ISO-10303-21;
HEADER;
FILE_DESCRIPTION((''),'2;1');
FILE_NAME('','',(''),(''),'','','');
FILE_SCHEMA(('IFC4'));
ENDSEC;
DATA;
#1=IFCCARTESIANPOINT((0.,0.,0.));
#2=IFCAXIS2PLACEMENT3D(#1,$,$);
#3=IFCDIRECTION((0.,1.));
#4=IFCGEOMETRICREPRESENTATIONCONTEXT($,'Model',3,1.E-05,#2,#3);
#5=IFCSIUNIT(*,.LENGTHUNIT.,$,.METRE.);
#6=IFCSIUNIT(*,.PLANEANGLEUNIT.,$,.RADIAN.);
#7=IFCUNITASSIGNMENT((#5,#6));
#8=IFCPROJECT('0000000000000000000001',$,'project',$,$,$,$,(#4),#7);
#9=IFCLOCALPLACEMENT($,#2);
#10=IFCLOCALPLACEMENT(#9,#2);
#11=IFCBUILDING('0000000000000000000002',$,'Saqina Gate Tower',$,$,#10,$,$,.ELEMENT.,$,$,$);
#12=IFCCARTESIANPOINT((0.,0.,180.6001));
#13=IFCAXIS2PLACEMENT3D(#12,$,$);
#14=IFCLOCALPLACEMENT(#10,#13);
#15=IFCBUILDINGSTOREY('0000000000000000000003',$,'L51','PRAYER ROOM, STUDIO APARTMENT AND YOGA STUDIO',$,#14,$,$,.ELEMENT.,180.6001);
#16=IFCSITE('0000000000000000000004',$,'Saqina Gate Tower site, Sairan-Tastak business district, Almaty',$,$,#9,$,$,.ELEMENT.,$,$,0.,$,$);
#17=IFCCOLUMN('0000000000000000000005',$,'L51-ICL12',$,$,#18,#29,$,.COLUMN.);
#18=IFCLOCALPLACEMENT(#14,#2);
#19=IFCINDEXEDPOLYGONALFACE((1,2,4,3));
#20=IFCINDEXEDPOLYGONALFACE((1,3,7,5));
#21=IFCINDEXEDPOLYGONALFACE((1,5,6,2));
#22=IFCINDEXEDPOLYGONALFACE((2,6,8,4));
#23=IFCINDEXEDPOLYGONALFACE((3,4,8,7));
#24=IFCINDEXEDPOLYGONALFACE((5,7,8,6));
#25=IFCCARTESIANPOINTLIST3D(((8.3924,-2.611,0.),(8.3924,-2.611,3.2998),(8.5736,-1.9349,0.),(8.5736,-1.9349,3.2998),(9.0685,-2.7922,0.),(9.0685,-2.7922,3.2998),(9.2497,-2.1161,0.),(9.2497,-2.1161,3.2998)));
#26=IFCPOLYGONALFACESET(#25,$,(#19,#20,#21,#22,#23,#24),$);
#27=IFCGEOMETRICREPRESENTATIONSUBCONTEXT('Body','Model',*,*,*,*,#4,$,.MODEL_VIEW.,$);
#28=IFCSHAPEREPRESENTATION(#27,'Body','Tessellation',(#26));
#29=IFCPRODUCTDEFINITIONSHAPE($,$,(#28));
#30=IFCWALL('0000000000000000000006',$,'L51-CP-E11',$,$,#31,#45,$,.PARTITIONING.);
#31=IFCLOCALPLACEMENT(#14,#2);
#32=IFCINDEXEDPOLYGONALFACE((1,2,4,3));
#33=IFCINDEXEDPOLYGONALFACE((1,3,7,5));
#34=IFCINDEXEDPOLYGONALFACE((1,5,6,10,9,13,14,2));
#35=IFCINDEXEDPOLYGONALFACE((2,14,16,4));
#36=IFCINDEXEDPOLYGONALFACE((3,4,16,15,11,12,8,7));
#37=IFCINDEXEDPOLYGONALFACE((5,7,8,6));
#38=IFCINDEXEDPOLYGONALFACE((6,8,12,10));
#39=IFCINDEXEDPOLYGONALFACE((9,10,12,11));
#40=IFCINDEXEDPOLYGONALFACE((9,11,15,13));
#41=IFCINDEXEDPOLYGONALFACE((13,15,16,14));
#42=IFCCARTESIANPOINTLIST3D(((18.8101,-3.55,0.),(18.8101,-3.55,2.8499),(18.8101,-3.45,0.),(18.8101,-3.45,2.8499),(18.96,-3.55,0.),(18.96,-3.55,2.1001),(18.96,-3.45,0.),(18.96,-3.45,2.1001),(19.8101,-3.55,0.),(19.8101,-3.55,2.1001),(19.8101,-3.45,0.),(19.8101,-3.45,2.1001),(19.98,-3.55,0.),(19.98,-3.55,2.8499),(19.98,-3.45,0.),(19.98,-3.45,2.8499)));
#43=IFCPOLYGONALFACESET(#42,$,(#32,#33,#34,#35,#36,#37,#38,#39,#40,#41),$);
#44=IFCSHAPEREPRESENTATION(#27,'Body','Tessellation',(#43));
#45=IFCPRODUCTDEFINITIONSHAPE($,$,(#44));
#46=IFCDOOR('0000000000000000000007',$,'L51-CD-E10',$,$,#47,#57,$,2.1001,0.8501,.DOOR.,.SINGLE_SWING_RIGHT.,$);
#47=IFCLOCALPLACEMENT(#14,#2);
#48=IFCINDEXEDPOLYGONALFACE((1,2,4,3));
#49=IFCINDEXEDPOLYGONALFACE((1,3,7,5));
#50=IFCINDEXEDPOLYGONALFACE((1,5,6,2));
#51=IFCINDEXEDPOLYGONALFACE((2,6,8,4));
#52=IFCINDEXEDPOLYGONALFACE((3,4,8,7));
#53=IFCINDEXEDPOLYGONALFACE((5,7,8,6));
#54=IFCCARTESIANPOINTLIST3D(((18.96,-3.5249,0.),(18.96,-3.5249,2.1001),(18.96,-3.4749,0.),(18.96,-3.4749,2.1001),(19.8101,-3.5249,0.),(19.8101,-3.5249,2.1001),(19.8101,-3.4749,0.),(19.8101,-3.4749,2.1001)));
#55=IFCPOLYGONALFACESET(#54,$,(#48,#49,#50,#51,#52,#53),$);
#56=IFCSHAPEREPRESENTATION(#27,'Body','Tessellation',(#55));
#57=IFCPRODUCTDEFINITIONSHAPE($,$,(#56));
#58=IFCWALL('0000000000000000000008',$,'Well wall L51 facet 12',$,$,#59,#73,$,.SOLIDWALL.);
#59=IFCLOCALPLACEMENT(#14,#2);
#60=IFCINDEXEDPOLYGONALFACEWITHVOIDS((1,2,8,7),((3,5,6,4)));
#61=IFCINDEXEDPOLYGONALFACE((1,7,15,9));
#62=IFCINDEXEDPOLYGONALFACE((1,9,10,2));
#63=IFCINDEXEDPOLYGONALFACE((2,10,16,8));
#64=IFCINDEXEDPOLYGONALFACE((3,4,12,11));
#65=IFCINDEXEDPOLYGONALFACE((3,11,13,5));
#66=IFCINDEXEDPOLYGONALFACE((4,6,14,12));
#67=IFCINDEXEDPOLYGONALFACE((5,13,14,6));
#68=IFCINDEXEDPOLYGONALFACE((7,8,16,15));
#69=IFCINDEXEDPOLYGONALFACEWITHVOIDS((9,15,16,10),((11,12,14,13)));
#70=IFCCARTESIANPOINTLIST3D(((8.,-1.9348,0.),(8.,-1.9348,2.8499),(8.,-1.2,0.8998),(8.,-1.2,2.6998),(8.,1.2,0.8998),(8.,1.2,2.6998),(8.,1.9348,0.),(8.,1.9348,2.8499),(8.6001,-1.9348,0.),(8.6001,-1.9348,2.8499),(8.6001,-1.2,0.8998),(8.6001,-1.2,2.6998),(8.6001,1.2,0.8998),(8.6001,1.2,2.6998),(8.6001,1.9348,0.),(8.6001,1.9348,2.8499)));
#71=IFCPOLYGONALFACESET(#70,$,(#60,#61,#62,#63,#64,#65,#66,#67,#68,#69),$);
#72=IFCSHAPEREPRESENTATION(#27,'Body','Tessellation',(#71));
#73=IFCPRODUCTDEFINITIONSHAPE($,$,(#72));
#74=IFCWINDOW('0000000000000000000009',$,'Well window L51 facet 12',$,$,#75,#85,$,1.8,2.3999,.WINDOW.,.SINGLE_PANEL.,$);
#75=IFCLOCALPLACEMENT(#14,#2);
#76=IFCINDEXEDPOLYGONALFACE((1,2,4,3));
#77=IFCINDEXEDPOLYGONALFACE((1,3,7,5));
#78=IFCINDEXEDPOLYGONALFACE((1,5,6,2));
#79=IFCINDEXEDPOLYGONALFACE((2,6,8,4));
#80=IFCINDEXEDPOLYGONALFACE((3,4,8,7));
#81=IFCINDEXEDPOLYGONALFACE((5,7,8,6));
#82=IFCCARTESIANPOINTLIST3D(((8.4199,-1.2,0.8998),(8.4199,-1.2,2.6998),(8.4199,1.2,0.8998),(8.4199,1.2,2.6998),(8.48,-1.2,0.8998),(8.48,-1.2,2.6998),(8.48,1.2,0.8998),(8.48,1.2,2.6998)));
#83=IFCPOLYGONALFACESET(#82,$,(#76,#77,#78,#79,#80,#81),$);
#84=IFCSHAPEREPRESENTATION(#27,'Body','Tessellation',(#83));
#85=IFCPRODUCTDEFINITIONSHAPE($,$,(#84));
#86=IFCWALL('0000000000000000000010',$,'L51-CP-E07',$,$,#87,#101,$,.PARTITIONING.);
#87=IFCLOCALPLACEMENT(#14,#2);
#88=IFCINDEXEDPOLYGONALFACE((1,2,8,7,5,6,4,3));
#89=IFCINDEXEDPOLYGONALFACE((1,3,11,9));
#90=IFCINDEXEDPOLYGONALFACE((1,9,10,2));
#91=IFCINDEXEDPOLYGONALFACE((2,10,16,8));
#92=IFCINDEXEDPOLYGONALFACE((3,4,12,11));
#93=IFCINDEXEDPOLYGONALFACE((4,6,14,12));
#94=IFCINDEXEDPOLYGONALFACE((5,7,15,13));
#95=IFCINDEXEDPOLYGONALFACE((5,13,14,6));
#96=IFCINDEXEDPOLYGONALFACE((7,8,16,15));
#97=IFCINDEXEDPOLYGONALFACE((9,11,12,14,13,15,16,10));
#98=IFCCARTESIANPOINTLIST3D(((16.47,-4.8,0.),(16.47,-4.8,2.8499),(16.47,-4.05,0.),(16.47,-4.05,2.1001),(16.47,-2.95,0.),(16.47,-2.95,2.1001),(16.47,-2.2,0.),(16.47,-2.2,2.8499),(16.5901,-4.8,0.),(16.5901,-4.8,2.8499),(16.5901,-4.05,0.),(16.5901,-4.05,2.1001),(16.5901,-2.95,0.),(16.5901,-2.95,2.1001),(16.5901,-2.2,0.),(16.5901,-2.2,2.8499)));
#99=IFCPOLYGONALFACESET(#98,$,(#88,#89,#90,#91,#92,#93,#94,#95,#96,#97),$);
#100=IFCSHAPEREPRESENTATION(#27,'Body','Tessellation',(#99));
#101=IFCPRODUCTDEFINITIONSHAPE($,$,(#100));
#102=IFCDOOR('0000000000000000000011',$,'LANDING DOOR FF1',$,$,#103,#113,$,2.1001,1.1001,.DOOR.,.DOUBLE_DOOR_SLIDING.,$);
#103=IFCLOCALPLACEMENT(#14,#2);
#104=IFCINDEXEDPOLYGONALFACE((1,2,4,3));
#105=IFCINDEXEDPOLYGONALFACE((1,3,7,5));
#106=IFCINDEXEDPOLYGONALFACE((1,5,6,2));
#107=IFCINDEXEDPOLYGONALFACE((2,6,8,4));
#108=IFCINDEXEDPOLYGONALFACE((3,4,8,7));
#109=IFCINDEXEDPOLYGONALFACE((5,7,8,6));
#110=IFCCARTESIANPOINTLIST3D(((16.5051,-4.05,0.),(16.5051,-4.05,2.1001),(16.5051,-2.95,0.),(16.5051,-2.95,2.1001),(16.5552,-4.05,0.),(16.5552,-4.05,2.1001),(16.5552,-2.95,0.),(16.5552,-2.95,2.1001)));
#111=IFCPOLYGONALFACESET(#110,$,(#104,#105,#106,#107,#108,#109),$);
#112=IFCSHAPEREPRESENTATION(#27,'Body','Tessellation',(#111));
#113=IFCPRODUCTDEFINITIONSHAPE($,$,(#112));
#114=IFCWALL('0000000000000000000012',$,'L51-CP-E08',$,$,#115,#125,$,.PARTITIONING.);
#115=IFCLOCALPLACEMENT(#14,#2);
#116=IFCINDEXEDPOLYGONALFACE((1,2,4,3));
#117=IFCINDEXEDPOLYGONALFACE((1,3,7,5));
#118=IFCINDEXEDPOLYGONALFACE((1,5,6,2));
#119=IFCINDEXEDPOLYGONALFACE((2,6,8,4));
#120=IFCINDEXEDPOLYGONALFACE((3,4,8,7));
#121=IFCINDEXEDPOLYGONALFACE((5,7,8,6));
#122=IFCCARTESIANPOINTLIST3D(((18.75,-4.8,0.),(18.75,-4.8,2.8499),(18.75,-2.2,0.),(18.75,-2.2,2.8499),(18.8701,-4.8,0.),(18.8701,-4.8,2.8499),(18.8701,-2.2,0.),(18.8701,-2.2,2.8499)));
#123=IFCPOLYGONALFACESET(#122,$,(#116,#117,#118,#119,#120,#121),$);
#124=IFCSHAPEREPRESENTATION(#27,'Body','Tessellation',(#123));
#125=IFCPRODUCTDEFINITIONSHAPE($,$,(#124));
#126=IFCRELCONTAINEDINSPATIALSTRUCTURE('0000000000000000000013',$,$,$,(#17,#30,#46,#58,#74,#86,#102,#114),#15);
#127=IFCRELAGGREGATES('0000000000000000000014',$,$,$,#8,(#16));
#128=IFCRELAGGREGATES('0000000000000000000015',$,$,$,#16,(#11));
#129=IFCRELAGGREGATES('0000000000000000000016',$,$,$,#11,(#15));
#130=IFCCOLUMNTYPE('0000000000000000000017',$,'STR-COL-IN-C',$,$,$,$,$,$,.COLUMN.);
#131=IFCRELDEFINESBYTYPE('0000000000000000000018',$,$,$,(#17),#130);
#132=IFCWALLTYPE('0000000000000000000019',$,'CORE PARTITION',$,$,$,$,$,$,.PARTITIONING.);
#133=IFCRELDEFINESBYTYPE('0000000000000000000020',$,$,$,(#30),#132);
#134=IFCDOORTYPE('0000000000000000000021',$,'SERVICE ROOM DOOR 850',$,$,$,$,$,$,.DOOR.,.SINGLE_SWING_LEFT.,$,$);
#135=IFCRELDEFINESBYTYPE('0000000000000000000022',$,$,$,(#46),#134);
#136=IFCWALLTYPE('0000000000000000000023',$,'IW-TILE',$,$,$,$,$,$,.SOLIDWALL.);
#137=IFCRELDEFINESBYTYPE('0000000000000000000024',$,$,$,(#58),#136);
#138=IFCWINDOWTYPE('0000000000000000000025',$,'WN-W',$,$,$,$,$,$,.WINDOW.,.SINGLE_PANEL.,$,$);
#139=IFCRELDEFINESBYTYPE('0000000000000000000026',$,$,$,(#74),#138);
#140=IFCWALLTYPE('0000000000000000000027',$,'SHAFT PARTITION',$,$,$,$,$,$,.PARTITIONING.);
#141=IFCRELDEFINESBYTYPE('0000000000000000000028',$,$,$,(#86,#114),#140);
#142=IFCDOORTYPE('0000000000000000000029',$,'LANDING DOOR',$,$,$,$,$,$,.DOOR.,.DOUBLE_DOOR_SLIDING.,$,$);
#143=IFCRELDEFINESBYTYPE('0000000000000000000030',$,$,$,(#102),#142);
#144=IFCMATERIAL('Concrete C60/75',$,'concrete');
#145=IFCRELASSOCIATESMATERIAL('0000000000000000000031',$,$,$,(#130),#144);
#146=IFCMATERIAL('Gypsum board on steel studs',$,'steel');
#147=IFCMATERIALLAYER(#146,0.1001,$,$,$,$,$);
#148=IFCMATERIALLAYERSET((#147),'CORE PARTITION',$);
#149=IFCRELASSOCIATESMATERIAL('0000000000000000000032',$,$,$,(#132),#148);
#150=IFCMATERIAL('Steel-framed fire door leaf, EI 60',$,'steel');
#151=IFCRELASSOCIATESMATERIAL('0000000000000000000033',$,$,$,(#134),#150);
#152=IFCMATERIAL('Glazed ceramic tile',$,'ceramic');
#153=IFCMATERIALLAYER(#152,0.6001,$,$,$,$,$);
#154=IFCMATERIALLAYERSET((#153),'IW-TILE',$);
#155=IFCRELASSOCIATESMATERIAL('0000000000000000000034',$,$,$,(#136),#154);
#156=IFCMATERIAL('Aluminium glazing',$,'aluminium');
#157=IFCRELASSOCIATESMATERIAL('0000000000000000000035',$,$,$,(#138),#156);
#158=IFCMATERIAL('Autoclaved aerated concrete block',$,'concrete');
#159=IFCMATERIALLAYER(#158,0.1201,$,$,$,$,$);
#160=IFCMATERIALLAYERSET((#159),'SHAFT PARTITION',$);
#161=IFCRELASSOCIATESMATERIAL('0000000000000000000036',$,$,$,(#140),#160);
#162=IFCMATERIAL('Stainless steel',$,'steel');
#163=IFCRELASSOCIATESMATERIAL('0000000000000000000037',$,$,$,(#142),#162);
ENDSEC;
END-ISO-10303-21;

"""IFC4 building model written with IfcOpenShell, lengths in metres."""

from ifc_helpers import new_model, si_unit, direction, frame, frame_2d, origin, origin_2d, place, context, subcontext, project, spatial, rectangle, extrude, material, layer, layer_set, material_profile, profile_set, type_object, element, fill, save


model = new_model("IFC4")

# Units and contexts
model_context = context("Model", 3, precision=1e-05, world=origin(), true_north=direction((0.0, 1.0)))
body_context = subcontext(model_context, "Body", "Model", "MODEL_VIEW")
ifc_project = project(units=[si_unit("LENGTHUNIT", "METRE"), si_unit("PLANEANGLEUNIT", "RADIAN")], contexts=[model_context])

# Site, building, storey
site_placement = place(None, origin())
site = spatial("IfcSite", under=ifc_project, at=site_placement, Name="Saqina Gate Tower site, Sairan-Tastak business district, Almaty", CompositionType="ELEMENT", RefElevation=0.0)
building_placement = place(site_placement, origin())
building = spatial("IfcBuilding", under=site, at=building_placement, Name="Saqina Gate Tower", CompositionType="ELEMENT")
storey_placement = place(building_placement, frame((0.0, 0.0, 180.6001)))
storey = spatial("IfcBuildingStorey", under=building, at=storey_placement, Name="L51", Description="PRAYER ROOM, STUDIO APARTMENT AND YOGA STUDIO", CompositionType="ELEMENT", Elevation=180.6001)

# Column
ifc_material_1 = material(Name="Concrete C60/75", Category="concrete")
ifc_material_profile = material_profile(ifc_material_1, rectangle(XDim=0.7, YDim=0.7, at=origin_2d()), Name="RC 700x700")
ifc_profile_set = profile_set([ifc_material_profile], Name="Concrete C60/75")
column_type = type_object("IfcColumnType", Name="STR-COL-IN-C", PredefinedType="COLUMN", material=ifc_profile_set)
column_placement = place(storey_placement, frame((8.821, -2.3635, 0.0), z_axis=(0.0, 0.0, 1.0), x_axis=(0.965926, -0.258819, 0.0)))
element("IfcColumn", 1, at=column_placement, inside=storey, type_object=column_type, Name="L51-ICL12", PredefinedType="COLUMN", context=body_context, shape_type="SweptSolid", body=[
    extrude(rectangle(XDim=0.7, YDim=0.7, at=origin_2d()), origin(), (0.0, 0.0, 1.0), 3.2998),
])

# Wall, opening, door
ifc_material_2 = material(Name="Gypsum board on steel studs", Category="steel")
ifc_layer_1 = layer(ifc_material_2, 0.1001)
ifc_layer_set_1 = layer_set([ifc_layer_1], Name="CORE PARTITION")
wall_type_1 = type_object("IfcWallType", Name="CORE PARTITION", PredefinedType="PARTITIONING", material=ifc_layer_set_1)
wall_1_placement = place(storey_placement, frame((18.8101, -3.5, 0.0), z_axis=(0.0, 0.0, 1.0), x_axis=(1.0, 0.0, 0.0)))
wall_1 = element("IfcWall", 2, at=wall_1_placement, inside=storey, type_object=wall_type_1, Name="L51-CP-E11", PredefinedType="PARTITIONING", context=body_context, shape_type="SweptSolid", body=[
    extrude(rectangle(XDim=1.1699, YDim=0.1001, at=frame_2d((0.585, 0.0))), origin(), (0.0, 0.0, 1.0), 2.8499),
])
opening_1_placement = place(wall_1_placement, frame((0.1499, 0.0, 0.0)))
opening_1 = element("IfcOpeningElement", 3, at=opening_1_placement, cuts=wall_1, PredefinedType="OPENING", context=body_context, shape_type="SweptSolid", body=[
    extrude(rectangle(XDim=0.8501, YDim=2.1001, at=frame_2d((0.425, 1.05))), frame((0.0, 0.062, 0.0), z_axis=(0.0, -1.0, 0.0), x_axis=(1.0, 0.0, 0.0)), (0.0, 0.0, 1.0), 0.124),
])
ifc_material_3 = material(Name="Steel-framed fire door leaf, EI 60", Category="steel")
door_type_1 = type_object("IfcDoorType", Name="SERVICE ROOM DOOR 850", OperationType="SINGLE_SWING_LEFT", PredefinedType="DOOR", material=ifc_material_3)
door_1_placement = place(opening_1_placement, frame((0.8501, 0.0, 0.0), z_axis=(0.0, 0.0, 1.0), x_axis=(-1.0, 0.0, 0.0)))
door_1 = element("IfcDoor", 4, at=door_1_placement, inside=storey, type_object=door_type_1, Name="L51-CD-E10", OperationType="SINGLE_SWING_RIGHT", OverallHeight=2.1001, OverallWidth=0.8501, PredefinedType="DOOR", context=body_context, shape_type="SweptSolid", body=[
    extrude(rectangle(XDim=0.8501, YDim=2.1001, at=frame_2d((0.425, 1.05))), frame((0.0, 0.0249, 0.0), z_axis=(0.0, -1.0, 0.0), x_axis=(1.0, 0.0, 0.0)), (0.0, 0.0, 1.0), 0.05),
])
fill(opening_1, door_1)

# Wall, opening, window
ifc_material_4 = material(Name="Glazed ceramic tile", Category="ceramic")
ifc_layer_2 = layer(ifc_material_4, 0.6001)
ifc_layer_set_2 = layer_set([ifc_layer_2], Name="IW-TILE")
wall_type_2 = type_object("IfcWallType", Name="IW-TILE", PredefinedType="SOLIDWALL", material=ifc_layer_set_2)
wall_2_placement = place(storey_placement, frame((8.3, -1.9348, 0.0), z_axis=(0.0, 0.0, 1.0), x_axis=(0.0, 1.0, 0.0)))
wall_2 = element("IfcWall", 5, at=wall_2_placement, inside=storey, type_object=wall_type_2, Name="Well wall L51 facet 12", PredefinedType="SOLIDWALL", context=body_context, shape_type="SweptSolid", body=[
    extrude(rectangle(XDim=3.8696, YDim=0.6001, at=frame_2d((1.9348, 0.0))), origin(), (0.0, 0.0, 1.0), 2.8499),
])
opening_2_placement = place(wall_2_placement, frame((0.7349, 0.0, 0.8999)))
opening_2 = element("IfcOpeningElement", 6, at=opening_2_placement, cuts=wall_2, PredefinedType="OPENING", context=body_context, shape_type="SweptSolid", body=[
    extrude(rectangle(XDim=2.3999, YDim=1.8, at=frame_2d((1.2, 0.8999))), frame((0.0, 0.312, 0.0), z_axis=(0.0, -1.0, 0.0), x_axis=(1.0, 0.0, 0.0)), (0.0, 0.0, 1.0), 0.624),
])
ifc_material_5 = material(Name="Aluminium glazing", Category="aluminium")
window_type = type_object("IfcWindowType", Name="WN-W", PartitioningType="SINGLE_PANEL", PredefinedType="WINDOW", material=ifc_material_5)
window_placement = place(opening_2_placement, origin())
window = element("IfcWindow", 7, at=window_placement, inside=storey, type_object=window_type, Name="Well window L51 facet 12", OverallHeight=1.8, OverallWidth=2.3999, PartitioningType="SINGLE_PANEL", PredefinedType="WINDOW", context=body_context, shape_type="SweptSolid", body=[
    extrude(rectangle(XDim=2.3999, YDim=1.8, at=frame_2d((1.2, 0.8999))), frame((0.0, -0.1199, 0.0), z_axis=(0.0, -1.0, 0.0), x_axis=(1.0, 0.0, 0.0)), (0.0, 0.0, 1.0), 0.0601),
])
fill(opening_2, window)

# Wall, opening, door
ifc_material_6 = material(Name="Autoclaved aerated concrete block", Category="concrete")
ifc_layer_3 = layer(ifc_material_6, 0.1201)
ifc_layer_set_3 = layer_set([ifc_layer_3], Name="SHAFT PARTITION")
wall_type_3 = type_object("IfcWallType", Name="SHAFT PARTITION", PredefinedType="PARTITIONING", material=ifc_layer_set_3)
wall_3_placement = place(storey_placement, frame((16.53, -4.8, 0.0), z_axis=(0.0, 0.0, 1.0), x_axis=(0.0, 1.0, 0.0)))
wall_3 = element("IfcWall", 8, at=wall_3_placement, inside=storey, type_object=wall_type_3, Name="L51-CP-E07", PredefinedType="PARTITIONING", context=body_context, shape_type="SweptSolid", body=[
    extrude(rectangle(XDim=2.6001, YDim=0.1201, at=frame_2d((1.3, 0.0))), origin(), (0.0, 0.0, 1.0), 2.8499),
])
opening_3_placement = place(wall_3_placement, frame((0.75, 0.0, 0.0)))
opening_3 = element("IfcOpeningElement", 9, at=opening_3_placement, cuts=wall_3, PredefinedType="OPENING", context=body_context, shape_type="SweptSolid", body=[
    extrude(rectangle(XDim=1.1001, YDim=2.1001, at=frame_2d((0.55, 1.05))), frame((0.0, 0.072, 0.0), z_axis=(0.0, -1.0, 0.0), x_axis=(1.0, 0.0, 0.0)), (0.0, 0.0, 1.0), 0.144),
])
ifc_material_7 = material(Name="Stainless steel", Category="steel")
door_type_2 = type_object("IfcDoorType", Name="LANDING DOOR", OperationType="DOUBLE_DOOR_SLIDING", PredefinedType="DOOR", material=ifc_material_7)
door_2_placement = place(opening_3_placement, origin())
door_2 = element("IfcDoor", 10, at=door_2_placement, inside=storey, type_object=door_type_2, Name="LANDING DOOR FF1", OperationType="DOUBLE_DOOR_SLIDING", OverallHeight=2.1001, OverallWidth=1.1001, PredefinedType="DOOR", context=body_context, shape_type="SweptSolid", body=[
    extrude(rectangle(XDim=1.1001, YDim=2.1001, at=frame_2d((0.55, 1.05))), frame((0.0, 0.0249, 0.0), z_axis=(0.0, -1.0, 0.0), x_axis=(1.0, 0.0, 0.0)), (0.0, 0.0, 1.0), 0.05),
])
fill(opening_3, door_2)

# Wall
wall_4_placement = place(storey_placement, frame((18.8101, -4.8, 0.0), z_axis=(0.0, 0.0, 1.0), x_axis=(0.0, 1.0, 0.0)))
element("IfcWall", 11, at=wall_4_placement, inside=storey, type_object=wall_type_3, Name="L51-CP-E08", PredefinedType="PARTITIONING", context=body_context, shape_type="SweptSolid", body=[
    extrude(rectangle(XDim=2.6001, YDim=0.1201, at=frame_2d((1.3, 0.0))), origin(), (0.0, 0.0, 1.0), 2.8499),
])

save(model, "model.ifc")
